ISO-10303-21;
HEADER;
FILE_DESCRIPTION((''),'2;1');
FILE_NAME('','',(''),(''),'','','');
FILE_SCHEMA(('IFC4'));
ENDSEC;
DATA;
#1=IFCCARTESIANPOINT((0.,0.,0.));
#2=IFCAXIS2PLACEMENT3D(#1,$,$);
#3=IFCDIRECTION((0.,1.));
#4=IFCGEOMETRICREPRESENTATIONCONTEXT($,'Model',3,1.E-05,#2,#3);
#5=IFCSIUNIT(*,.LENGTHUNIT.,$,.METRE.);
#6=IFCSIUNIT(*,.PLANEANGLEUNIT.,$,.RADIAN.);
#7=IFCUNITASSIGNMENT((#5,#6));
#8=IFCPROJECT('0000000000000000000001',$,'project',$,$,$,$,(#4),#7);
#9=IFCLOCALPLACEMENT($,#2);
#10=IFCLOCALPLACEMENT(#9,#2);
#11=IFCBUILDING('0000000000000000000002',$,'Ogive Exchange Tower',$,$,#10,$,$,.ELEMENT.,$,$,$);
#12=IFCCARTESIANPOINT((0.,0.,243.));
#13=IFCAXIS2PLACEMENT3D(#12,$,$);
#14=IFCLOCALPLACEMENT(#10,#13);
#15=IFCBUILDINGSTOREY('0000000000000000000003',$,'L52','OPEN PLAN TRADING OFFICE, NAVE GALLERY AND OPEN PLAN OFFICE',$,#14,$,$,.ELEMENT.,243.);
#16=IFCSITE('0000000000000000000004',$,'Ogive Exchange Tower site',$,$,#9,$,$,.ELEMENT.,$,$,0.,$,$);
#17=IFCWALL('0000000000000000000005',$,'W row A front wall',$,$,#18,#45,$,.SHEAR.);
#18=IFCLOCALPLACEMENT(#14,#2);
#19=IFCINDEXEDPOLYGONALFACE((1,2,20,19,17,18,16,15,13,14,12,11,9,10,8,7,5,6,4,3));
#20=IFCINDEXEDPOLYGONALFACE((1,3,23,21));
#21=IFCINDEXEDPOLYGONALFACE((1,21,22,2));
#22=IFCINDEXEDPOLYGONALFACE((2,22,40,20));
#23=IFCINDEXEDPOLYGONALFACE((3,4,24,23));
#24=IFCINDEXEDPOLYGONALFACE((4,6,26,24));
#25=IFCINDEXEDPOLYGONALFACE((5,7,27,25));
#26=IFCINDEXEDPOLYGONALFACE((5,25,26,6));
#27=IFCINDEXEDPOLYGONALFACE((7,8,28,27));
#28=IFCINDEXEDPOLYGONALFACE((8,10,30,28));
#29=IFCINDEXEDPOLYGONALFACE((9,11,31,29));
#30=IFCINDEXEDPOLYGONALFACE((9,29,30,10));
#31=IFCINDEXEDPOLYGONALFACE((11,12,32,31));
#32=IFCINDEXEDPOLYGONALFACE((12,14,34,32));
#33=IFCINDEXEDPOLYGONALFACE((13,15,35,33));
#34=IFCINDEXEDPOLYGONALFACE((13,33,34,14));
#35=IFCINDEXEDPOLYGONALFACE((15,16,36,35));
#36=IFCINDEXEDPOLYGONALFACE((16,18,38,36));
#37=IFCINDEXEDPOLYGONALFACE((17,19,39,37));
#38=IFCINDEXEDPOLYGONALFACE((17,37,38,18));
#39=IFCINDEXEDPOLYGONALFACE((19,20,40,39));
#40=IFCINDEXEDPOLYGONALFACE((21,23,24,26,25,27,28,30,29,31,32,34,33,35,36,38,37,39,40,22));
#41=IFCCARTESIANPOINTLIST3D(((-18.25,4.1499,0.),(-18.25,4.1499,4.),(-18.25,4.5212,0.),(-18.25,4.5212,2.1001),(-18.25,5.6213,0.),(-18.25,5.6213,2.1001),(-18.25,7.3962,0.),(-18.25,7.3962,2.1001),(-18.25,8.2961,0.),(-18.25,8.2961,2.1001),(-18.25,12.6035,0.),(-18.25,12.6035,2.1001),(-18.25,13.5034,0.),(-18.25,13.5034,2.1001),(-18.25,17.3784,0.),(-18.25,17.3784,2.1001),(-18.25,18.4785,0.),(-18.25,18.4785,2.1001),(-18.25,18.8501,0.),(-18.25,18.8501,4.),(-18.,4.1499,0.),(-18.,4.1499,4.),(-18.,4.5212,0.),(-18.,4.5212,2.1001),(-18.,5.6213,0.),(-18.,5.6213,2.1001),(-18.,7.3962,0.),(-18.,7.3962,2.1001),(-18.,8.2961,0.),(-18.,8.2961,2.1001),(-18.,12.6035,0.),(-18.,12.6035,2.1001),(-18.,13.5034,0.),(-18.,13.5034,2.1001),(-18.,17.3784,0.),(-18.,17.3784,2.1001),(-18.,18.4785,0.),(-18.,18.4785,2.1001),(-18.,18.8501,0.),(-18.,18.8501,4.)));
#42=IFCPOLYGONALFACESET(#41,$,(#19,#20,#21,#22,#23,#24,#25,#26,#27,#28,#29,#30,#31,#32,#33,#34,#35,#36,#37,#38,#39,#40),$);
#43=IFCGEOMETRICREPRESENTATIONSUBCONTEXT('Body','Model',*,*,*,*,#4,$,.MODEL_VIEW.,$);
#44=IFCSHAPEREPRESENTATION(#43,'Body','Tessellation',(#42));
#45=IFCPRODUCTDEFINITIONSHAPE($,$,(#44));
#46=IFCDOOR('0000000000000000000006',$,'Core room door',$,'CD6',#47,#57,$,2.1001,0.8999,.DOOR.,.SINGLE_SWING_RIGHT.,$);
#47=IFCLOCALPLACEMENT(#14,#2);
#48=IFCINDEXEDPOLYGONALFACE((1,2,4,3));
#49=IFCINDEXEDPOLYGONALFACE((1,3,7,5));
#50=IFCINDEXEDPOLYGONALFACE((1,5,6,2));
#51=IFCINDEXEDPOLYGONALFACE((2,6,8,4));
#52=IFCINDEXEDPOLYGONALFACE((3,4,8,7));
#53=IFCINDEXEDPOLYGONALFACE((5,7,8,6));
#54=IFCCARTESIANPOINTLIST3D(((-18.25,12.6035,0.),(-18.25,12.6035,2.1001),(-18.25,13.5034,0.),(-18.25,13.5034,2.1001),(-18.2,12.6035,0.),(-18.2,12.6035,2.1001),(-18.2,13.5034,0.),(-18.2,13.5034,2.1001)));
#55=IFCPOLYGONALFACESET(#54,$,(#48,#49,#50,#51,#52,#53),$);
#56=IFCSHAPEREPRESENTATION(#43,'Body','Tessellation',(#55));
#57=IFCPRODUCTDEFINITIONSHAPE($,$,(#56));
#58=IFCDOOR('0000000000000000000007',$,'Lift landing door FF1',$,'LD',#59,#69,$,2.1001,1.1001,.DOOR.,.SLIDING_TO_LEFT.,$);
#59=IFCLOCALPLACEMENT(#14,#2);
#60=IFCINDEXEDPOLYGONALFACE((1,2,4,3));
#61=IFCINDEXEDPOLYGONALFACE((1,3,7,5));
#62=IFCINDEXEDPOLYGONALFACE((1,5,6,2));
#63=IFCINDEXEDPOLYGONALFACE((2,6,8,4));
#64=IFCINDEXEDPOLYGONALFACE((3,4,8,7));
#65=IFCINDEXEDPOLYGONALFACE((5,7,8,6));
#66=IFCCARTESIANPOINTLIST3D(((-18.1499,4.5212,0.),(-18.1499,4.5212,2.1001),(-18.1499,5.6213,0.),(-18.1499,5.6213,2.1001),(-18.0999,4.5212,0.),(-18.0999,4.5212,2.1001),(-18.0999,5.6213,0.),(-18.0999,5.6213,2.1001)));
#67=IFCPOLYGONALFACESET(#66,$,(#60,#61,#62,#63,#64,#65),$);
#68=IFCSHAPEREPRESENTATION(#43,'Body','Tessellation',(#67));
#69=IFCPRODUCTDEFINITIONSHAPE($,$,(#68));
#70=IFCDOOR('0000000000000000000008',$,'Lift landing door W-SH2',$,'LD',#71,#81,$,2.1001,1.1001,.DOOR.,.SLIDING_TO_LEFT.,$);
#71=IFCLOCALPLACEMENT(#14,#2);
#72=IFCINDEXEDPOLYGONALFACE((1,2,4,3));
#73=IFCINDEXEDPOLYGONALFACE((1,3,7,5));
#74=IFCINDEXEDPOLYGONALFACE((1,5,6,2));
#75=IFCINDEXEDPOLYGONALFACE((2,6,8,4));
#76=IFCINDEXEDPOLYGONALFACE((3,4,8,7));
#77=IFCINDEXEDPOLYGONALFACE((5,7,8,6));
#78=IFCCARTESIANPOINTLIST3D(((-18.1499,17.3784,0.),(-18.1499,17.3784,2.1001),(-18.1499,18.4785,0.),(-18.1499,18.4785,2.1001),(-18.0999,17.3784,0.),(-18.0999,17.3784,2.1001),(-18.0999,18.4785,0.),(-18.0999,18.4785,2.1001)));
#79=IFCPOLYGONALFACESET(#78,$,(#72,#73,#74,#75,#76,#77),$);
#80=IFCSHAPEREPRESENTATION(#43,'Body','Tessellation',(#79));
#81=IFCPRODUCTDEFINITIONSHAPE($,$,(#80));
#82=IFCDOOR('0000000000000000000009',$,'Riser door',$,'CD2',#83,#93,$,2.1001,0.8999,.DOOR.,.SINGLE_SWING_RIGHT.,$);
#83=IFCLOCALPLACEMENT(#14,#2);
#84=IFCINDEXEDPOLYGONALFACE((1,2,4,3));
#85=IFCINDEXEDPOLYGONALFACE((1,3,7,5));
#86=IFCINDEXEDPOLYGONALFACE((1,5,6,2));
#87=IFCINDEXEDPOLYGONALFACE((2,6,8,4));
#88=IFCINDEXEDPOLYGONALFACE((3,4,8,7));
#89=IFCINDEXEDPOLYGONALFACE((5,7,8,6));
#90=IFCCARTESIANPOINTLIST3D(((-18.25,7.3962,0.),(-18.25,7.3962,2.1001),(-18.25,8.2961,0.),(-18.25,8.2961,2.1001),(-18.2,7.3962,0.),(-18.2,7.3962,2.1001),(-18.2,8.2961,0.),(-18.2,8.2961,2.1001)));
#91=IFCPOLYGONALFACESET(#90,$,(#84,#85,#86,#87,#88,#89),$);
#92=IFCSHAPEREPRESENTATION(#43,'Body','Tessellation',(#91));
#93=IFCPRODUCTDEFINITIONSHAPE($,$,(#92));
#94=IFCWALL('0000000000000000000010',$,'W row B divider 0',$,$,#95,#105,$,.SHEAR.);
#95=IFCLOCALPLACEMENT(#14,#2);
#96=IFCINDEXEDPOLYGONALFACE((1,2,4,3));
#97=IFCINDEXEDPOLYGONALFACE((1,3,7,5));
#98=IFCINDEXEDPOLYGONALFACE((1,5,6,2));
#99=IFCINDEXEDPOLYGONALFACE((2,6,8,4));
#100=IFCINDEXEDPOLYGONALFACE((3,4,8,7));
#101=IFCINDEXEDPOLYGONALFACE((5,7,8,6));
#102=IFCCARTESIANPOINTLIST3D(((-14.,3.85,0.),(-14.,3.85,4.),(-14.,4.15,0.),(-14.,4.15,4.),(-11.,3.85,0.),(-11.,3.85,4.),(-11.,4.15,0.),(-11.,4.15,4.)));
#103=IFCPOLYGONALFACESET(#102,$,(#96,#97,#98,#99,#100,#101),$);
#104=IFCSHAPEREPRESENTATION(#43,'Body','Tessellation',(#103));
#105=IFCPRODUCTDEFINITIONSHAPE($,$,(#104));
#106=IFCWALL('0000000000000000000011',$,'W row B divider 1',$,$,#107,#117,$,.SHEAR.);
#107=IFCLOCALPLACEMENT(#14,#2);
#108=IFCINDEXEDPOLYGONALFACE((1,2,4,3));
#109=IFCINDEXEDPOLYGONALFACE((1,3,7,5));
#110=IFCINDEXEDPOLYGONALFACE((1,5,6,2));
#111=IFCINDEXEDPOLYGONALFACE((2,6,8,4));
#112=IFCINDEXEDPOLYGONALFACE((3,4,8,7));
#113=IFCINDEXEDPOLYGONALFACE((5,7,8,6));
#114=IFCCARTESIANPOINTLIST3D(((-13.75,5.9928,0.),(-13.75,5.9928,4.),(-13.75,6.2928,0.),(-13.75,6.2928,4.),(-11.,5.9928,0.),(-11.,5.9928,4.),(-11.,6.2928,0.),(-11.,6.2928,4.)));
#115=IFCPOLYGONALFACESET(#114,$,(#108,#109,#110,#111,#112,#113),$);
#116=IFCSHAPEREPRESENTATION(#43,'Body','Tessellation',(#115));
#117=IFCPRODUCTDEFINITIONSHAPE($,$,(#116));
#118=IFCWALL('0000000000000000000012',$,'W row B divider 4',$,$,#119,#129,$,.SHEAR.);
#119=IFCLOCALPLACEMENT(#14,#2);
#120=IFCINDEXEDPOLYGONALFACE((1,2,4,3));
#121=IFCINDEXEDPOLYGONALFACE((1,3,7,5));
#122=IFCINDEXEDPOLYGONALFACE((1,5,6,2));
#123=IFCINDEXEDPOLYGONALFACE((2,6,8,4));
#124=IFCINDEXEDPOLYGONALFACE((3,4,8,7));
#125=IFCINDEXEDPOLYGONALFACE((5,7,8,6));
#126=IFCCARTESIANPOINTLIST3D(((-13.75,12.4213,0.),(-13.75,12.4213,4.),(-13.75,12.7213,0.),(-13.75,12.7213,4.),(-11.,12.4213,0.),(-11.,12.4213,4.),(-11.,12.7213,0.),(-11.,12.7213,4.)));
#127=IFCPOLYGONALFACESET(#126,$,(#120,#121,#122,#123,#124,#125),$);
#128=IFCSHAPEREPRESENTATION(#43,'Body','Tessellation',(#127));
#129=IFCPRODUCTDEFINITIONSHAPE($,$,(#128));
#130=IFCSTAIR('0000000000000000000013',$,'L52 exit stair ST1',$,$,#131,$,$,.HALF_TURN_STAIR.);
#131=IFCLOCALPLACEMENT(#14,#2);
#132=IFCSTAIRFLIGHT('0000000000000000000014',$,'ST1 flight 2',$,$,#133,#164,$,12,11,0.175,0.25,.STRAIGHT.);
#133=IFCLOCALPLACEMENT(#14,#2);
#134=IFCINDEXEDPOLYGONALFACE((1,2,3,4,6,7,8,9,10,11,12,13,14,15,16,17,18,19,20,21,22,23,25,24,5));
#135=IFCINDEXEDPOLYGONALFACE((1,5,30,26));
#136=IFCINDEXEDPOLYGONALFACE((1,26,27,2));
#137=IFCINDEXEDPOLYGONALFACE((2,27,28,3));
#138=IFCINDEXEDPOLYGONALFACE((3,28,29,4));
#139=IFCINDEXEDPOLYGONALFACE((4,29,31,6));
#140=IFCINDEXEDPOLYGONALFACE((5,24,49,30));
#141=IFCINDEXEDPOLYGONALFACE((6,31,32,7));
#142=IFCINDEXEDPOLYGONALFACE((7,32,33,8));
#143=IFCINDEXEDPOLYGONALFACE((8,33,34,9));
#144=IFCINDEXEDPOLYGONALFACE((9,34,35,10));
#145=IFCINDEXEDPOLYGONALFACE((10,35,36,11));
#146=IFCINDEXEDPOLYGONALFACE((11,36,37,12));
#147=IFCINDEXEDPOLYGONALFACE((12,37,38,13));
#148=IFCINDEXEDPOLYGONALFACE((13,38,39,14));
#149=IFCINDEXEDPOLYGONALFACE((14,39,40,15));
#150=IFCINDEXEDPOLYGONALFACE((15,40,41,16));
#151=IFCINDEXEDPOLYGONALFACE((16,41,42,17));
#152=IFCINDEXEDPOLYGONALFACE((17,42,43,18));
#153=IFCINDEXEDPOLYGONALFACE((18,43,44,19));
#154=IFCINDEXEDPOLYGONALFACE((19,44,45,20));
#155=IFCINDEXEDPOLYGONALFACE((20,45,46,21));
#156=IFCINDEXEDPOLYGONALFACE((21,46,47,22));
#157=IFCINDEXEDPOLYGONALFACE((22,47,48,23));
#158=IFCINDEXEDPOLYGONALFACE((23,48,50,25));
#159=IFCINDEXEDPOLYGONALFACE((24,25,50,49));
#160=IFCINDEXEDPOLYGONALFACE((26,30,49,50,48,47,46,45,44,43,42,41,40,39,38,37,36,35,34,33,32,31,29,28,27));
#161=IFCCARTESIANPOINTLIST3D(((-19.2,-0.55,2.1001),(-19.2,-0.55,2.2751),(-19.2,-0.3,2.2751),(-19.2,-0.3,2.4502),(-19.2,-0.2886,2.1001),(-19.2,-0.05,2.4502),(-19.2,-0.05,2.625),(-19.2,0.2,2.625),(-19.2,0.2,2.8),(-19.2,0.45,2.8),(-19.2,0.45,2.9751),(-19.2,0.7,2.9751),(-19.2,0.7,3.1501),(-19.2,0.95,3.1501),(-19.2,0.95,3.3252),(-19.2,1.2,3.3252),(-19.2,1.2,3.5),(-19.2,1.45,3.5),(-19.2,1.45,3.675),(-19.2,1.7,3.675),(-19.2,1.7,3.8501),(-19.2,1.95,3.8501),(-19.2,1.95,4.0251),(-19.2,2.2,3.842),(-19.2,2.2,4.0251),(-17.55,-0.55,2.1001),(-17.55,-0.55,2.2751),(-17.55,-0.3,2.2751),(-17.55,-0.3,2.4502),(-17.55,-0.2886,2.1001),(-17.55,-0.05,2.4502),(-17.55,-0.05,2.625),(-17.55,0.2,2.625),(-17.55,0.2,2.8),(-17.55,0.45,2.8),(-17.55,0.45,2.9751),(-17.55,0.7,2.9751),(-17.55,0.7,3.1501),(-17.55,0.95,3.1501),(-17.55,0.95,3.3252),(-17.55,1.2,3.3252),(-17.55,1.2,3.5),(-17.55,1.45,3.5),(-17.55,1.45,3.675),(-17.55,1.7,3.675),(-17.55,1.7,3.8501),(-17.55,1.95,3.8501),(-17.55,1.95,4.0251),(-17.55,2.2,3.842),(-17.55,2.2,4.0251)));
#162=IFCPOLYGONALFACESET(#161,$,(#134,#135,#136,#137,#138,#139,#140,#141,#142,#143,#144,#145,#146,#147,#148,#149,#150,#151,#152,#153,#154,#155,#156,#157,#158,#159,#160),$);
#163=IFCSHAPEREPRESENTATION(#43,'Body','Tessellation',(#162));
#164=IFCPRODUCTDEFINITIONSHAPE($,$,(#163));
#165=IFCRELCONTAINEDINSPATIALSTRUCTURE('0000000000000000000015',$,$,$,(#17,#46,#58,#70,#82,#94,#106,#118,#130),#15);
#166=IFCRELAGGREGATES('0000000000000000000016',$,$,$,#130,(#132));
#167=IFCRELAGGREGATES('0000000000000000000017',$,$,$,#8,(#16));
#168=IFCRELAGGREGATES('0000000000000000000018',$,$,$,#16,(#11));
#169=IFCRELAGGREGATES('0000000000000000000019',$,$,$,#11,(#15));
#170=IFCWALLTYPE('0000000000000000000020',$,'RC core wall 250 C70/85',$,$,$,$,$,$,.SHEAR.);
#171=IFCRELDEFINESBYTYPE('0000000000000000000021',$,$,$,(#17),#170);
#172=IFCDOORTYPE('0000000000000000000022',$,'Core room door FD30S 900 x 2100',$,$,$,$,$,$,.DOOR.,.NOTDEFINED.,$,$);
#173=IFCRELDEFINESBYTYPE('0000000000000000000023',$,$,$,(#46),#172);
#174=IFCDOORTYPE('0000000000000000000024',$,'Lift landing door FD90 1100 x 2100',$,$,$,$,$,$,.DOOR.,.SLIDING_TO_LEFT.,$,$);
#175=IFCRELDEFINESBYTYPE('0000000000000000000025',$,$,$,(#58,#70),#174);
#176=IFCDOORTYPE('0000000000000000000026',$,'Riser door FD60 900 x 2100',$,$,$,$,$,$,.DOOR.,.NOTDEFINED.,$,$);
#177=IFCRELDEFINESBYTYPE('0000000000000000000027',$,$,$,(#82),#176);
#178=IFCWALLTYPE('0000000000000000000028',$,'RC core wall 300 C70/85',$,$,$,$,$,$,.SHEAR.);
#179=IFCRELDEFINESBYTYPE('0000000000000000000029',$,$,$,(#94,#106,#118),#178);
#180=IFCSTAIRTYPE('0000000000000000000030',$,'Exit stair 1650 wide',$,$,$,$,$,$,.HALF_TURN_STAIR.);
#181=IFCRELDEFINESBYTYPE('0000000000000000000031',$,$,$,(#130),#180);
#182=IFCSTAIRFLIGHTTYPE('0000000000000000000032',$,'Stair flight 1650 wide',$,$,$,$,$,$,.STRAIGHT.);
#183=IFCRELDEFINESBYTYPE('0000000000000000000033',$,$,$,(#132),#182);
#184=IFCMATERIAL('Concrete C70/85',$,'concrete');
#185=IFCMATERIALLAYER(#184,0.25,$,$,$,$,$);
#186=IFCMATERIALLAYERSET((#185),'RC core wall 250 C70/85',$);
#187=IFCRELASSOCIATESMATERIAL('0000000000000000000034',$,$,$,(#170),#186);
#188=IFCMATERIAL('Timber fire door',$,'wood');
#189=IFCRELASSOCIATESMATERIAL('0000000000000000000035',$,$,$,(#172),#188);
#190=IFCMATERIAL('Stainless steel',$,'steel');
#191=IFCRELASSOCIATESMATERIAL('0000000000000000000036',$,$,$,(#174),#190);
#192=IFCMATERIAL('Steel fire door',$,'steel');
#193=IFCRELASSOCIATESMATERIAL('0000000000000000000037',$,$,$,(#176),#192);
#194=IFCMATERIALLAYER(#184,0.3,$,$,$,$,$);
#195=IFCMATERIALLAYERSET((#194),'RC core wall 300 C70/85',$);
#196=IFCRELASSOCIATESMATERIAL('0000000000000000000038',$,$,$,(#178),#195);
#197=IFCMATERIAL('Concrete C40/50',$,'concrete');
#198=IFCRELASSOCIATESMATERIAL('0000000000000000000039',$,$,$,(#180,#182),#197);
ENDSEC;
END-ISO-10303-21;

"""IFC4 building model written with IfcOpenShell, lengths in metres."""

from ifc_helpers import new_model, si_unit, direction, frame, frame_2d, origin, place, context, subcontext, project, spatial, polyline, rectangle, outline, extrude, material, layer, layer_set, type_object, element, fill, aggregate, save


model = new_model("IFC4")

# Units and contexts
model_context = context("Model", 3, precision=1e-05, world=origin(), true_north=direction((0.0, 1.0)))
body_context = subcontext(model_context, "Body", "Model", "MODEL_VIEW")
ifc_project = project(units=[si_unit("LENGTHUNIT", "METRE"), si_unit("PLANEANGLEUNIT", "RADIAN")], contexts=[model_context])

# Site, building, storey
site_placement = place(None, origin())
site = spatial("IfcSite", under=ifc_project, at=site_placement, Name="Ogive Exchange Tower site", CompositionType="ELEMENT", RefElevation=0.0)
building_placement = place(site_placement, origin())
building = spatial("IfcBuilding", under=site, at=building_placement, Name="Ogive Exchange Tower", CompositionType="ELEMENT")
storey_placement = place(building_placement, frame((0.0, 0.0, 243.0)))
storey = spatial("IfcBuildingStorey", under=building, at=storey_placement, Name="L52", Description="OPEN PLAN TRADING OFFICE, NAVE GALLERY AND OPEN PLAN OFFICE", CompositionType="ELEMENT", Elevation=243.0)

# Shared definitions
ifc_material_1 = material(Name="Concrete C70/85", Category="concrete")
ifc_material_2 = material(Name="Steel fire door", Category="steel")

# Wall, openings, doors
ifc_layer_1 = layer(ifc_material_1, 0.25)
ifc_layer_set_1 = layer_set([ifc_layer_1], Name="RC core wall 250 C70/85")
wall_type_1 = type_object("IfcWallType", Name="RC core wall 250 C70/85", PredefinedType="SHEAR", material=ifc_layer_set_1)
wall_1_placement = place(storey_placement, frame((-18.125, 4.1499, 0.0), z_axis=(0.0, 0.0, 1.0), x_axis=(0.0, 1.0, 0.0)))
wall_1 = element("IfcWall", 1, at=wall_1_placement, inside=storey, type_object=wall_type_1, Name="W row A front wall", PredefinedType="SHEAR", context=body_context, shape_type="SweptSolid", body=[
    extrude(rectangle(XDim=14.7002, YDim=0.25, at=frame_2d((7.3501, 0.0))), origin(), (0.0, 0.0, 1.0), 4.0),
])
opening_1_placement = place(wall_1_placement, frame((3.2463, 0.0, 0.0)))
opening_1 = element("IfcOpeningElement", 2, at=opening_1_placement, cuts=wall_1, PredefinedType="OPENING", context=body_context, shape_type="SweptSolid", body=[
    extrude(rectangle(XDim=0.8999, YDim=2.1001, at=frame_2d((0.45, 1.05))), frame((0.0, 0.135, 0.0), z_axis=(0.0, -1.0, 0.0), x_axis=(1.0, 0.0, 0.0)), (0.0, 0.0, 1.0), 0.27),
])
opening_2_placement = place(wall_1_placement, frame((8.4536, 0.0, 0.0)))
opening_2 = element("IfcOpeningElement", 3, at=opening_2_placement, cuts=wall_1, PredefinedType="OPENING", context=body_context, shape_type="SweptSolid", body=[
    extrude(rectangle(XDim=0.8999, YDim=2.1001, at=frame_2d((0.45, 1.05))), frame((0.0, 0.135, 0.0), z_axis=(0.0, -1.0, 0.0), x_axis=(1.0, 0.0, 0.0)), (0.0, 0.0, 1.0), 0.27),
])
opening_3_placement = place(wall_1_placement, frame((0.3713, 0.0, 0.0)))
opening_3 = element("IfcOpeningElement", 4, at=opening_3_placement, cuts=wall_1, PredefinedType="OPENING", context=body_context, shape_type="SweptSolid", body=[
    extrude(rectangle(XDim=1.1001, YDim=2.1001, at=frame_2d((0.55, 1.05))), frame((0.0, 0.135, 0.0), z_axis=(0.0, -1.0, 0.0), x_axis=(1.0, 0.0, 0.0)), (0.0, 0.0, 1.0), 0.27),
])
opening_4_placement = place(wall_1_placement, frame((13.2285, 0.0, 0.0)))
opening_4 = element("IfcOpeningElement", 5, at=opening_4_placement, cuts=wall_1, PredefinedType="OPENING", context=body_context, shape_type="SweptSolid", body=[
    extrude(rectangle(XDim=1.1001, YDim=2.1001, at=frame_2d((0.55, 1.05))), frame((0.0, 0.135, 0.0), z_axis=(0.0, -1.0, 0.0), x_axis=(1.0, 0.0, 0.0)), (0.0, 0.0, 1.0), 0.27),
])
ifc_material_3 = material(Name="Timber fire door", Category="wood")
door_type_1 = type_object("IfcDoorType", Name="Core room door FD30S 900 x 2100", OperationType="NOTDEFINED", PredefinedType="DOOR", material=ifc_material_3)
door_1_placement = place(opening_2_placement, origin())
door_1 = element("IfcDoor", 6, at=door_1_placement, inside=storey, type_object=door_type_1, Name="Core room door", ObjectType="CD6", OperationType="SINGLE_SWING_RIGHT", OverallHeight=2.1001, OverallWidth=0.8999, PredefinedType="DOOR", context=body_context, shape_type="SweptSolid", body=[
    extrude(rectangle(XDim=0.8999, YDim=2.1001, at=frame_2d((0.45, 1.05))), frame((0.0, 0.125, 0.0), z_axis=(0.0, -1.0, 0.0), x_axis=(1.0, 0.0, 0.0)), (0.0, 0.0, 1.0), 0.05),
])
fill(opening_2, door_1)
ifc_material_4 = material(Name="Stainless steel", Category="steel")
door_type_2 = type_object("IfcDoorType", Name="Lift landing door FD90 1100 x 2100", OperationType="SLIDING_TO_LEFT", PredefinedType="DOOR", material=ifc_material_4)
door_2_placement = place(opening_3_placement, origin())
door_2 = element("IfcDoor", 7, at=door_2_placement, inside=storey, type_object=door_type_2, Name="Lift landing door FF1", ObjectType="LD", OperationType="SLIDING_TO_LEFT", OverallHeight=2.1001, OverallWidth=1.1001, PredefinedType="DOOR", context=body_context, shape_type="SweptSolid", body=[
    extrude(rectangle(XDim=1.1001, YDim=2.1001, at=frame_2d((0.55, 1.05))), frame((0.0, 0.0249, 0.0), z_axis=(0.0, -1.0, 0.0), x_axis=(1.0, 0.0, 0.0)), (0.0, 0.0, 1.0), 0.05),
])
fill(opening_3, door_2)
door_3_placement = place(opening_4_placement, origin())
door_3 = element("IfcDoor", 8, at=door_3_placement, inside=storey, type_object=door_type_2, Name="Lift landing door W-SH2", ObjectType="LD", OperationType="SLIDING_TO_LEFT", OverallHeight=2.1001, OverallWidth=1.1001, PredefinedType="DOOR", context=body_context, shape_type="SweptSolid", body=[
    extrude(rectangle(XDim=1.1001, YDim=2.1001, at=frame_2d((0.55, 1.05))), frame((0.0, 0.0249, 0.0), z_axis=(0.0, -1.0, 0.0), x_axis=(1.0, 0.0, 0.0)), (0.0, 0.0, 1.0), 0.05),
])
fill(opening_4, door_3)
door_type_3 = type_object("IfcDoorType", Name="Riser door FD60 900 x 2100", OperationType="NOTDEFINED", PredefinedType="DOOR", material=ifc_material_2)
door_4_placement = place(opening_1_placement, origin())
door_4 = element("IfcDoor", 9, at=door_4_placement, inside=storey, type_object=door_type_3, Name="Riser door", ObjectType="CD2", OperationType="SINGLE_SWING_RIGHT", OverallHeight=2.1001, OverallWidth=0.8999, PredefinedType="DOOR", context=body_context, shape_type="SweptSolid", body=[
    extrude(rectangle(XDim=0.8999, YDim=2.1001, at=frame_2d((0.45, 1.05))), frame((0.0, 0.125, 0.0), z_axis=(0.0, -1.0, 0.0), x_axis=(1.0, 0.0, 0.0)), (0.0, 0.0, 1.0), 0.05),
])
fill(opening_1, door_4)

# Walls
ifc_layer_2 = layer(ifc_material_1, 0.3)
ifc_layer_set_2 = layer_set([ifc_layer_2], Name="RC core wall 300 C70/85")
wall_type_2 = type_object("IfcWallType", Name="RC core wall 300 C70/85", PredefinedType="SHEAR", material=ifc_layer_set_2)
wall_2_placement = place(storey_placement, frame((-14.0, 4.0, 0.0), z_axis=(0.0, 0.0, 1.0), x_axis=(1.0, 0.0, 0.0)))
element("IfcWall", 10, at=wall_2_placement, inside=storey, type_object=wall_type_2, Name="W row B divider 0", PredefinedType="SHEAR", context=body_context, shape_type="SweptSolid", body=[
    extrude(rectangle(XDim=3.0, YDim=0.3, at=frame_2d((1.5, 0.0))), origin(), (0.0, 0.0, 1.0), 4.0),
])
for number, where, z_axis, x_axis, name in (
    (11, (-13.75, 6.1428, 0.0), (0.0, 0.0, 1.0), (1.0, 0.0, 0.0), "W row B divider 1"),
    (12, (-13.75, 12.5713, 0.0), (0.0, 0.0, 1.0), (1.0, 0.0, 0.0), "W row B divider 4"),
):
    element("IfcWall", number, at=place(storey_placement, frame(where, z_axis=z_axis, x_axis=x_axis)), inside=storey, type_object=wall_type_2, Name=name, PredefinedType="SHEAR", context=body_context, shape_type="SweptSolid", body=[
        extrude(rectangle(XDim=2.75, YDim=0.3, at=frame_2d((1.375, 0.0))), origin(), (0.0, 0.0, 1.0), 4.0),
    ])

# Stair, stair flight
ifc_material_5 = material(Name="Concrete C40/50", Category="concrete")
stair_type = type_object("IfcStairType", Name="Exit stair 1650 wide", PredefinedType="HALF_TURN_STAIR", material=ifc_material_5)
stair_placement = place(storey_placement, origin())
stair = element("IfcStair", 13, at=stair_placement, inside=storey, type_object=stair_type, Name="L52 exit stair ST1", PredefinedType="HALF_TURN_STAIR")
stair_flight_type = type_object("IfcStairFlightType", Name="Stair flight 1650 wide", PredefinedType="STRAIGHT", material=ifc_material_5)
stair_flight_placement = place(storey_placement, frame((-18.375, -0.55, 2.1001), z_axis=(0.0, 0.0, 1.0), x_axis=(0.0, 1.0, 0.0)))
stair_flight = element("IfcStairFlight", 14, at=stair_flight_placement, type_object=stair_flight_type, Name="ST1 flight 2", NumberOfRisers=12, NumberOfTreads=11, PredefinedType="STRAIGHT", RiserHeight=0.175, TreadLength=0.25, context=body_context, shape_type="SweptSolid", body=[
    extrude(outline(polyline([(0.0, 0.0), (0.0, 0.175), (0.25, 0.175), (0.25, 0.3501), (0.5, 0.3501), (0.5, 0.5249), (0.75, 0.5249), (0.75, 0.7), (1.0, 0.7), (1.0, 0.875), (1.25, 0.875), (1.25, 1.05), (1.5, 1.05), (1.5, 1.2251), (1.75, 1.2251), (1.75, 1.3999), (2.0, 1.3999), (2.0, 1.575), (2.25, 1.575), (2.25, 1.75), (2.5, 1.75), (2.5, 1.925), (2.75, 1.925), (2.75, 2.1001), (2.75, 1.7419), (0.2615, 0.0), (0.0, 0.0)])), frame((0.0, 0.825, 0.0), z_axis=(0.0, -1.0, 0.0), x_axis=(1.0, 0.0, 0.0)), (0.0, 0.0, 1.0), 1.6499),
])
aggregate(stair, [stair_flight])

save(model, "model.ifc")
